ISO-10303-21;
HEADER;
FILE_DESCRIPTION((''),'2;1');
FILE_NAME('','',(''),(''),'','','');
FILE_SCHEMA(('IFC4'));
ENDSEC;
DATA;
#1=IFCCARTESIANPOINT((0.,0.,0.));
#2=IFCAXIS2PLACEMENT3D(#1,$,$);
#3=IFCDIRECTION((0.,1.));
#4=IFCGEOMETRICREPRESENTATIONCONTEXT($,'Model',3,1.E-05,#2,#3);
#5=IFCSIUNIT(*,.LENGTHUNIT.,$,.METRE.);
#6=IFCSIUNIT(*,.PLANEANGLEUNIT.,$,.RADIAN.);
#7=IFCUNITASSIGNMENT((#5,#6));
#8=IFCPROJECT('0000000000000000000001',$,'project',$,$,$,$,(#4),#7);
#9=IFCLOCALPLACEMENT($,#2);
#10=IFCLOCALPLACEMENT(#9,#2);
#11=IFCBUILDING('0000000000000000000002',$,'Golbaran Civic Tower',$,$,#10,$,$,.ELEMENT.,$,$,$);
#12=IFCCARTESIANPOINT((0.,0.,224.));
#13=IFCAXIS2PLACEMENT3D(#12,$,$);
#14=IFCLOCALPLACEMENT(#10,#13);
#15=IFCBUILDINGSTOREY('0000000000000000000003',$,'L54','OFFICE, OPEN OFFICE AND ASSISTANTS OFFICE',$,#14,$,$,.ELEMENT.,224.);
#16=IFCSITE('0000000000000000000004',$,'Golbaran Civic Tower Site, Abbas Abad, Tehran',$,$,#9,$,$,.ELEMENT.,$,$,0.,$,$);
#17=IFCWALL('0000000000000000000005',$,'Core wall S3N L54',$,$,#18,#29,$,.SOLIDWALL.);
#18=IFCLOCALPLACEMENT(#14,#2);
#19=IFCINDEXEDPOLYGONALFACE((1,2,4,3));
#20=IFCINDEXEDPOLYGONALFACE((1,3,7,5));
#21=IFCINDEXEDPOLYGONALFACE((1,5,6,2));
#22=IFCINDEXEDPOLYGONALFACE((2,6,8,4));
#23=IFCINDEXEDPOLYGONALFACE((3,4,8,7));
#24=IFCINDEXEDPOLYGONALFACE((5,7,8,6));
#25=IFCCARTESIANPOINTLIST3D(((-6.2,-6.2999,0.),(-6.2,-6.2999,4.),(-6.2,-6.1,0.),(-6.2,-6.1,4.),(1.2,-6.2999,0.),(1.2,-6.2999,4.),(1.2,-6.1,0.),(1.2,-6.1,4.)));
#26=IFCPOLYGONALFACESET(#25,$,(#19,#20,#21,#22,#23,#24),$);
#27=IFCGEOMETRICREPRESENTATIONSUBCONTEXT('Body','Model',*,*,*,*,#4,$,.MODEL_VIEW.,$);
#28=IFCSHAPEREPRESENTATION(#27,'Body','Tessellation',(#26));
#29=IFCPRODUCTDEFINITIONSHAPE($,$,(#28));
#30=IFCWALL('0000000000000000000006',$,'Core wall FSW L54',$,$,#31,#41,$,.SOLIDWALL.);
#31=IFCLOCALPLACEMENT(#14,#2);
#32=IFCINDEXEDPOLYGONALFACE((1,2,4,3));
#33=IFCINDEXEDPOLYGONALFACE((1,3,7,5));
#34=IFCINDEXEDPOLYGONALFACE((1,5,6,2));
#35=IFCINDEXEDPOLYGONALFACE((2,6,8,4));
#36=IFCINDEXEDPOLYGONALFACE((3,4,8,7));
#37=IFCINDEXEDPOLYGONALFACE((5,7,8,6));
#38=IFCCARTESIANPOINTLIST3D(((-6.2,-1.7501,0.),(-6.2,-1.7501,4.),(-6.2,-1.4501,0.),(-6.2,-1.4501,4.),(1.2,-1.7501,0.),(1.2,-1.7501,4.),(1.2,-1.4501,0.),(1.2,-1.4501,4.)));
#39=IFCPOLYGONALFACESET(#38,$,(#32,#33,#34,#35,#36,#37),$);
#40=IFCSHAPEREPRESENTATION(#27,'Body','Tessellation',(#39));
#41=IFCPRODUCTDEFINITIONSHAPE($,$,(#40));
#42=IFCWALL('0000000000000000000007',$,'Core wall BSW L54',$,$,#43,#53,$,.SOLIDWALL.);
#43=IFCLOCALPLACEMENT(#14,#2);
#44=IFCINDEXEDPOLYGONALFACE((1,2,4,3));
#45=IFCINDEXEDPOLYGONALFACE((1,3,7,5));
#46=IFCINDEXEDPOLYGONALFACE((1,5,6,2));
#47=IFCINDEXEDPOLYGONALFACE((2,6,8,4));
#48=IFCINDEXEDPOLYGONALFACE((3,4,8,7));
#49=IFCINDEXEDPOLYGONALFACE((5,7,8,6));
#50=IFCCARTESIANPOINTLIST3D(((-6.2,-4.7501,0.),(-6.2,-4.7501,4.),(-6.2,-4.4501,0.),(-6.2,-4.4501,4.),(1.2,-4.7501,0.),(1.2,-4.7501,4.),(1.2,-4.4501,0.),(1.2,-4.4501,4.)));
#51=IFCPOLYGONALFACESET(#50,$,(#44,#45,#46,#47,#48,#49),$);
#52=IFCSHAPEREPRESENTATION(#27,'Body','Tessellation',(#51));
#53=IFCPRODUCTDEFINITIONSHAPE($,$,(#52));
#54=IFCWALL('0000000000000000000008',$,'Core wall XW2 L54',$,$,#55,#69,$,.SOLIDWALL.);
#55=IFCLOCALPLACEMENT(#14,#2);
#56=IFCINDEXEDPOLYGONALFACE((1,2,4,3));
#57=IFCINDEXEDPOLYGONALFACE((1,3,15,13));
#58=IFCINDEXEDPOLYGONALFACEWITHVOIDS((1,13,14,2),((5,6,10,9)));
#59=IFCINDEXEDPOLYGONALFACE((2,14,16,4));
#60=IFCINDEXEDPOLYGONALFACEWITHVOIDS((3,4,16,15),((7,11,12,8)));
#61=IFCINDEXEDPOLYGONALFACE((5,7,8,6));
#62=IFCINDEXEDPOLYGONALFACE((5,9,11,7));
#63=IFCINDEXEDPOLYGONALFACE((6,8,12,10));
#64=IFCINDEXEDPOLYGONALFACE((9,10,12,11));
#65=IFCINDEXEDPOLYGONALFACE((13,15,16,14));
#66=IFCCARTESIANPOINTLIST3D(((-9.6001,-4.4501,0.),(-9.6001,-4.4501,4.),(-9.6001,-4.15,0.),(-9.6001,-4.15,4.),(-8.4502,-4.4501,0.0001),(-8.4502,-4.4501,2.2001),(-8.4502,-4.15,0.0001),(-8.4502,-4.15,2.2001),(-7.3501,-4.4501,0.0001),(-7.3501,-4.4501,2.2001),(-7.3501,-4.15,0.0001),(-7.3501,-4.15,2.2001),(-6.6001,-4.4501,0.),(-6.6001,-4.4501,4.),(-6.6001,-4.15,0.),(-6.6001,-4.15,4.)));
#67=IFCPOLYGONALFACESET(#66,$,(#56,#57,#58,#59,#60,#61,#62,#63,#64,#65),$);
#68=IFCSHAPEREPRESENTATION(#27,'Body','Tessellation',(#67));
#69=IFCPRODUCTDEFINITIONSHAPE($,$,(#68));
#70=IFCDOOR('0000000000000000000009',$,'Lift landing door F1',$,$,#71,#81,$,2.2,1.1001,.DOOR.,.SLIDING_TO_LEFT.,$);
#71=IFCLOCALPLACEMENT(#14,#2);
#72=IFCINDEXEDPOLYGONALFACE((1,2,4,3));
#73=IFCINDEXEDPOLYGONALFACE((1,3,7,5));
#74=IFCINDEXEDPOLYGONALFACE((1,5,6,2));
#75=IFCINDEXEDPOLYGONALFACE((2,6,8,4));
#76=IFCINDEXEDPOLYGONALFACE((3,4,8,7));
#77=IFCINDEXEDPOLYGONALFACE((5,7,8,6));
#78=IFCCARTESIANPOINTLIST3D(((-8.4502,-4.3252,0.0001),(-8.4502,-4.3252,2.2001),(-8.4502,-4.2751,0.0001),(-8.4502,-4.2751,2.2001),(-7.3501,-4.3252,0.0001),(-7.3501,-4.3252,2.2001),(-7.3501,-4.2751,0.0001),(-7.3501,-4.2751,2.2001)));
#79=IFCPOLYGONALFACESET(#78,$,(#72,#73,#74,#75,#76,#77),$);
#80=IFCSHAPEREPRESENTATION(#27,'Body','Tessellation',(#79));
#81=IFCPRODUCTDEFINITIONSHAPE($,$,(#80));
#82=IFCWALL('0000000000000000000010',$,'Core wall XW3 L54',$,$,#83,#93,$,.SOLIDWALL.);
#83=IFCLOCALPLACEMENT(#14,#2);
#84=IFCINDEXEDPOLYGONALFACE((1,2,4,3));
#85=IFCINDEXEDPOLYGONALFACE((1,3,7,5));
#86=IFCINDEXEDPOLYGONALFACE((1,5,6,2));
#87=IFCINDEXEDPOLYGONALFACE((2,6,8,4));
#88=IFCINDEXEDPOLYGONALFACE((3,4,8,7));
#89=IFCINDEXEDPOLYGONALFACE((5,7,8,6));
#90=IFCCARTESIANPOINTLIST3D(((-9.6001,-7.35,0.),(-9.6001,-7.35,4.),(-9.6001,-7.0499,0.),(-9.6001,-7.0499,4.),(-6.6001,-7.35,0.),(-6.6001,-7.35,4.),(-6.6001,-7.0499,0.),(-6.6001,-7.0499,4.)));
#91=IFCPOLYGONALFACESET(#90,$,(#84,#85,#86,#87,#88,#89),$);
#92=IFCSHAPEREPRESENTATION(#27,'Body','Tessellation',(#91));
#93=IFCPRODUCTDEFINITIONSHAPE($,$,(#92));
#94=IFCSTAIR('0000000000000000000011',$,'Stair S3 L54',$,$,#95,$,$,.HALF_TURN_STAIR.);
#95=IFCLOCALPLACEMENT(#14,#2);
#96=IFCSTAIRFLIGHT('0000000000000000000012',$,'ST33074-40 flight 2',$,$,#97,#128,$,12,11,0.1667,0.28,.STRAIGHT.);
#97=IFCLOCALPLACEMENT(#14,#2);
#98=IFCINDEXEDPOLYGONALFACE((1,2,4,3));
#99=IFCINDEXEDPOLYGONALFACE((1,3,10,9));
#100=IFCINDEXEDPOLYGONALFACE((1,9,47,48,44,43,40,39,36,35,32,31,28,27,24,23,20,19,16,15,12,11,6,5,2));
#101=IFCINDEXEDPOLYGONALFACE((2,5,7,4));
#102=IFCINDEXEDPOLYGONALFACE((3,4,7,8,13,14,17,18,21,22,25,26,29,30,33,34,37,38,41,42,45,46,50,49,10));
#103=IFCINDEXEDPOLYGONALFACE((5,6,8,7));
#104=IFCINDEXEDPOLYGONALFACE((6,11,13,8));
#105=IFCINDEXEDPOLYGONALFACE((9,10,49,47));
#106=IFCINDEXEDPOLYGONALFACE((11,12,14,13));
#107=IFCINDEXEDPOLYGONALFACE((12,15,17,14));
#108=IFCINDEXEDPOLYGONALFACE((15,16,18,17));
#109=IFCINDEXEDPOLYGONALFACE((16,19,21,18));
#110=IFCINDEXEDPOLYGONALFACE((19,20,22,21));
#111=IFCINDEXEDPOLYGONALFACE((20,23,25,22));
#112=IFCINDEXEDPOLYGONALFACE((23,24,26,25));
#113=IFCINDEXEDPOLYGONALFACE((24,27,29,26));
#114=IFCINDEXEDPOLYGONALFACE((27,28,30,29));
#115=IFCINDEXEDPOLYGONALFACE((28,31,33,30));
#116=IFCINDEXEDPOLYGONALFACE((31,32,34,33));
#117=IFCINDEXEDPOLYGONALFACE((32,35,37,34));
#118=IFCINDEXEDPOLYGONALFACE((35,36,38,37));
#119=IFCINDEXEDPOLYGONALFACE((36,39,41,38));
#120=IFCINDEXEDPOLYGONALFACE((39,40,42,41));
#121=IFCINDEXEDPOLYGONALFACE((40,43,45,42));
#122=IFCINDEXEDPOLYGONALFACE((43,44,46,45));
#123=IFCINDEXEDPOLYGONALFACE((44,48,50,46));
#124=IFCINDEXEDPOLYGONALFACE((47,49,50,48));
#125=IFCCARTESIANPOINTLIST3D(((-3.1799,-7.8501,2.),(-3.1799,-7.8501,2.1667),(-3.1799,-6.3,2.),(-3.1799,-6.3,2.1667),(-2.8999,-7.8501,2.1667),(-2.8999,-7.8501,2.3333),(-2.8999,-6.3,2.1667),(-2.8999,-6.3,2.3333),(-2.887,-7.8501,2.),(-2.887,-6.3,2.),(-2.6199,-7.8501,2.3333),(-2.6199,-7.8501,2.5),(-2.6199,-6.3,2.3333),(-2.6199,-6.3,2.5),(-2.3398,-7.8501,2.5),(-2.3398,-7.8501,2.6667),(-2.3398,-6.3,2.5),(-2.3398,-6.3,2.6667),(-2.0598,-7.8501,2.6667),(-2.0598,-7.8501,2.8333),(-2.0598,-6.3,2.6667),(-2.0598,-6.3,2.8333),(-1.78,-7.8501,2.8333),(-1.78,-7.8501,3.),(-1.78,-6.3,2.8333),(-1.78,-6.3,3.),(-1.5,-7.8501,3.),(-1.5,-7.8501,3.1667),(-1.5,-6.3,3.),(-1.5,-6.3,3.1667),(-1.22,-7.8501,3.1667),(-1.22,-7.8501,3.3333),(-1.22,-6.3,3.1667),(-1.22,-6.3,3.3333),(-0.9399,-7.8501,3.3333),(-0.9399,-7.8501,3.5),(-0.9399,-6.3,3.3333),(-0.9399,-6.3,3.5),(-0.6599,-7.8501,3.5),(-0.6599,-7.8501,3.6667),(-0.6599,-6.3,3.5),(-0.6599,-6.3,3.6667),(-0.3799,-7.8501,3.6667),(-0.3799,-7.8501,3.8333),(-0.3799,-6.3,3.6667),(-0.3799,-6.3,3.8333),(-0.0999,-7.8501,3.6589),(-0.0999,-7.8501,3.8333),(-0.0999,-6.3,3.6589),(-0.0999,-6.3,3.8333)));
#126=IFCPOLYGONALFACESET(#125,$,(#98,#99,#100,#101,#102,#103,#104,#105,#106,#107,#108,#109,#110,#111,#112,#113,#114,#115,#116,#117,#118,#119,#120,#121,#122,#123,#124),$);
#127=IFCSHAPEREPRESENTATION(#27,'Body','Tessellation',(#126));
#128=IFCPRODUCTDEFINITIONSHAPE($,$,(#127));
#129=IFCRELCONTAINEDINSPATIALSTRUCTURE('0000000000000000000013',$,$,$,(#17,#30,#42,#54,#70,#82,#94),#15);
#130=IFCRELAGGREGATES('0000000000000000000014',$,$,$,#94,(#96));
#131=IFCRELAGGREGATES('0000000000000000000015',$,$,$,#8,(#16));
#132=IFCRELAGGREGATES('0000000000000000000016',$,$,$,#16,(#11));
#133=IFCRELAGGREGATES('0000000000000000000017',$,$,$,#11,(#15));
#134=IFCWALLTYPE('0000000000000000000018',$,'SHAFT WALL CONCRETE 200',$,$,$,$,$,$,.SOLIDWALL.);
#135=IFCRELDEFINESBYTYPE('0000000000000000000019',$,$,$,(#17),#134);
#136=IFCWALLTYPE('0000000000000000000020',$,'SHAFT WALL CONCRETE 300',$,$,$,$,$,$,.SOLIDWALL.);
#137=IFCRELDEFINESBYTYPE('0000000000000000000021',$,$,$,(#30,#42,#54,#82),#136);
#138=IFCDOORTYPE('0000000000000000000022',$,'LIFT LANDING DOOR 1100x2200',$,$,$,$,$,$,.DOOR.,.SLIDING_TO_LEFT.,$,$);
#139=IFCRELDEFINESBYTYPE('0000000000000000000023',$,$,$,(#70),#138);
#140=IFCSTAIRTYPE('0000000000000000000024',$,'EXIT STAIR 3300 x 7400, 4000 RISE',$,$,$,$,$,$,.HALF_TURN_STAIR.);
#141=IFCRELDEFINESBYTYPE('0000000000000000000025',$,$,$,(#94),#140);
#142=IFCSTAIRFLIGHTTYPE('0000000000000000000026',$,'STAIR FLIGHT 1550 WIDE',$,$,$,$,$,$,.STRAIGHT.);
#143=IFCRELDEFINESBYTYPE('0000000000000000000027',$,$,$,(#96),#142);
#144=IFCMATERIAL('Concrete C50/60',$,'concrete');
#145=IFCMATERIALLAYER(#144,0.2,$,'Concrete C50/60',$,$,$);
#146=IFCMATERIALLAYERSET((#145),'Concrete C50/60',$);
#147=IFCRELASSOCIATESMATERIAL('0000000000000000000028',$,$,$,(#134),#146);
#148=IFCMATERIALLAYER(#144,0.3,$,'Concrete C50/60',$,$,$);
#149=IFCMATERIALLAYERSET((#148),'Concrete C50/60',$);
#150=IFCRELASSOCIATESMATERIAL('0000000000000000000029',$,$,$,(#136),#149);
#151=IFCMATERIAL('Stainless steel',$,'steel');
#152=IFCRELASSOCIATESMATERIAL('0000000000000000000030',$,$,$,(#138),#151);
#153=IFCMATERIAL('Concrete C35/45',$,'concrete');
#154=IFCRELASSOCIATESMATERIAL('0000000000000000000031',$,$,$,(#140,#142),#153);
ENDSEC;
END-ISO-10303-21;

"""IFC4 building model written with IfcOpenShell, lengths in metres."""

from ifc_helpers import new_model, si_unit, direction, frame, frame_2d, origin, place, context, subcontext, project, spatial, polyline, rectangle, outline, extrude, material, layer, layer_set, type_object, element, fill, aggregate, save


model = new_model("IFC4")

# Units and contexts
model_context = context("Model", 3, precision=1e-05, world=origin(), true_north=direction((0.0, 1.0)))
body_context = subcontext(model_context, "Body", "Model", "MODEL_VIEW")
ifc_project = project(units=[si_unit("LENGTHUNIT", "METRE"), si_unit("PLANEANGLEUNIT", "RADIAN")], contexts=[model_context])

# Site, building, storey
site_placement = place(None, origin())
site = spatial("IfcSite", under=ifc_project, at=site_placement, Name="Golbaran Civic Tower Site, Abbas Abad, Tehran", CompositionType="ELEMENT", RefElevation=0.0)
building_placement = place(site_placement, origin())
building = spatial("IfcBuilding", under=site, at=building_placement, Name="Golbaran Civic Tower", CompositionType="ELEMENT")
storey_placement = place(building_placement, frame((0.0, 0.0, 224.0)))
storey = spatial("IfcBuildingStorey", under=building, at=storey_placement, Name="L54", Description="OFFICE, OPEN OFFICE AND ASSISTANTS OFFICE", CompositionType="ELEMENT", Elevation=224.0)

# Walls
ifc_material_1 = material(Name="Concrete C50/60", Category="concrete")
ifc_layer_1 = layer(ifc_material_1, 0.2, Name="Concrete C50/60")
ifc_layer_set_1 = layer_set([ifc_layer_1], Name="Concrete C50/60")
wall_type_1 = type_object("IfcWallType", Name="SHAFT WALL CONCRETE 200", PredefinedType="SOLIDWALL", material=ifc_layer_set_1)
wall_1_placement = place(storey_placement, frame((-6.2, -6.2, 0.0), z_axis=(0.0, 0.0, 1.0), x_axis=(1.0, 0.0, 0.0)))
element("IfcWall", 1, at=wall_1_placement, inside=storey, type_object=wall_type_1, Name="Core wall S3N L54", PredefinedType="SOLIDWALL", context=body_context, shape_type="SweptSolid", body=[
    extrude(rectangle(XDim=7.3999, YDim=0.2, at=frame_2d((3.7, 0.0))), origin(), (0.0, 0.0, 1.0), 4.0),
])
ifc_layer_2 = layer(ifc_material_1, 0.3, Name="Concrete C50/60")
ifc_layer_set_2 = layer_set([ifc_layer_2], Name="Concrete C50/60")
wall_type_2 = type_object("IfcWallType", Name="SHAFT WALL CONCRETE 300", PredefinedType="SOLIDWALL", material=ifc_layer_set_2)
for number, where, z_axis, x_axis, name in (
    (2, (-6.2, -1.6001, 0.0), (0.0, 0.0, 1.0), (1.0, 0.0, 0.0), "Core wall FSW L54"),
    (3, (-6.2, -4.6001, 0.0), (0.0, 0.0, 1.0), (1.0, 0.0, 0.0), "Core wall BSW L54"),
):
    element("IfcWall", number, at=place(storey_placement, frame(where, z_axis=z_axis, x_axis=x_axis)), inside=storey, type_object=wall_type_2, Name=name, PredefinedType="SOLIDWALL", context=body_context, shape_type="SweptSolid", body=[
        extrude(rectangle(XDim=7.3999, YDim=0.3, at=frame_2d((3.7, 0.0))), origin(), (0.0, 0.0, 1.0), 4.0),
    ])

# Wall, opening, door
wall_2_placement = place(storey_placement, frame((-9.6001, -4.3, 0.0), z_axis=(0.0, 0.0, 1.0), x_axis=(1.0, 0.0, 0.0)))
wall_2 = element("IfcWall", 4, at=wall_2_placement, inside=storey, type_object=wall_type_2, Name="Core wall XW2 L54", PredefinedType="SOLIDWALL", context=body_context, shape_type="SweptSolid", body=[
    extrude(rectangle(XDim=3.0, YDim=0.3, at=frame_2d((1.5, 0.0))), origin(), (0.0, 0.0, 1.0), 4.0),
])
opening_1_placement = place(wall_2_placement, frame((1.1499, 0.0, 0.0)))
opening_1 = element("IfcOpeningElement", 5, at=opening_1_placement, cuts=wall_2, PredefinedType="OPENING", context=body_context, shape_type="SweptSolid", body=[
    extrude(rectangle(XDim=1.1001, YDim=2.2, at=frame_2d((0.55, 1.1001))), frame((0.0, 0.1599, 0.0), z_axis=(0.0, -1.0, 0.0), x_axis=(1.0, 0.0, 0.0)), (0.0, 0.0, 1.0), 0.3201),
])
ifc_material_2 = material(Name="Stainless steel", Category="steel")
door_type_1 = type_object("IfcDoorType", Name="LIFT LANDING DOOR 1100x2200", OperationType="SLIDING_TO_LEFT", PredefinedType="DOOR", material=ifc_material_2)
door_1_placement = place(opening_1_placement, origin())
door_1 = element("IfcDoor", 6, at=door_1_placement, inside=storey, type_object=door_type_1, Name="Lift landing door F1", OperationType="SLIDING_TO_LEFT", OverallHeight=2.2, OverallWidth=1.1001, PredefinedType="DOOR", context=body_context, shape_type="SweptSolid", body=[
    extrude(rectangle(XDim=1.1001, YDim=2.2, at=frame_2d((0.55, 1.1001))), frame((0.0, 0.0249, 0.0), z_axis=(0.0, -1.0, 0.0), x_axis=(1.0, 0.0, 0.0)), (0.0, 0.0, 1.0), 0.05),
])
fill(opening_1, door_1)

# Wall
wall_3_placement = place(storey_placement, frame((-9.6001, -7.2, 0.0), z_axis=(0.0, 0.0, 1.0), x_axis=(1.0, 0.0, 0.0)))
element("IfcWall", 7, at=wall_3_placement, inside=storey, type_object=wall_type_2, Name="Core wall XW3 L54", PredefinedType="SOLIDWALL", context=body_context, shape_type="SweptSolid", body=[
    extrude(rectangle(XDim=3.0, YDim=0.3, at=frame_2d((1.5, 0.0))), origin(), (0.0, 0.0, 1.0), 4.0),
])

# Stair, stair flight
ifc_material_3 = material(Name="Concrete C35/45", Category="concrete")
stair_type = type_object("IfcStairType", Name="EXIT STAIR 3300 x 7400, 4000 RISE", PredefinedType="HALF_TURN_STAIR", material=ifc_material_3)
stair_placement = place(storey_placement, origin())
stair = element("IfcStair", 8, at=stair_placement, inside=storey, type_object=stair_type, Name="Stair S3 L54", PredefinedType="HALF_TURN_STAIR")
stair_flight_type = type_object("IfcStairFlightType", Name="STAIR FLIGHT 1550 WIDE", PredefinedType="STRAIGHT", material=ifc_material_3)
stair_flight_placement = place(storey_placement, frame((-3.1799, -7.075, 2.0), z_axis=(0.0, 0.0, 1.0), x_axis=(1.0, 0.0, 0.0)))
stair_flight = element("IfcStairFlight", 9, at=stair_flight_placement, type_object=stair_flight_type, Name="ST33074-40 flight 2", NumberOfRisers=12, NumberOfTreads=11, PredefinedType="STRAIGHT", RiserHeight=0.1667, TreadLength=0.28, context=body_context, shape_type="SweptSolid", body=[
    extrude(outline(polyline([(0.0, 0.0), (0.0, 0.1667), (0.28, 0.1667), (0.28, 0.3333), (0.5601, 0.3333), (0.5601, 0.5), (0.8401, 0.5), (0.8401, 0.6667), (1.1201, 0.6667), (1.1201, 0.8333), (1.3999, 0.8333), (1.3999, 1.0), (1.6799, 1.0), (1.6799, 1.1667), (1.96, 1.1667), (1.96, 1.3333), (2.24, 1.3333), (2.24, 1.5), (2.52, 1.5), (2.52, 1.6667), (2.8, 1.6667), (2.8, 1.8333), (3.0801, 1.8333), (3.0801, 2.0), (3.0801, 1.6589), (0.293, 0.0), (0.0, 0.0)])), frame((0.0, 0.7749, 0.0), z_axis=(0.0, -1.0, 0.0), x_axis=(1.0, 0.0, 0.0)), (0.0, 0.0, 1.0), 1.55),
])
aggregate(stair, [stair_flight])

save(model, "model.ifc")
